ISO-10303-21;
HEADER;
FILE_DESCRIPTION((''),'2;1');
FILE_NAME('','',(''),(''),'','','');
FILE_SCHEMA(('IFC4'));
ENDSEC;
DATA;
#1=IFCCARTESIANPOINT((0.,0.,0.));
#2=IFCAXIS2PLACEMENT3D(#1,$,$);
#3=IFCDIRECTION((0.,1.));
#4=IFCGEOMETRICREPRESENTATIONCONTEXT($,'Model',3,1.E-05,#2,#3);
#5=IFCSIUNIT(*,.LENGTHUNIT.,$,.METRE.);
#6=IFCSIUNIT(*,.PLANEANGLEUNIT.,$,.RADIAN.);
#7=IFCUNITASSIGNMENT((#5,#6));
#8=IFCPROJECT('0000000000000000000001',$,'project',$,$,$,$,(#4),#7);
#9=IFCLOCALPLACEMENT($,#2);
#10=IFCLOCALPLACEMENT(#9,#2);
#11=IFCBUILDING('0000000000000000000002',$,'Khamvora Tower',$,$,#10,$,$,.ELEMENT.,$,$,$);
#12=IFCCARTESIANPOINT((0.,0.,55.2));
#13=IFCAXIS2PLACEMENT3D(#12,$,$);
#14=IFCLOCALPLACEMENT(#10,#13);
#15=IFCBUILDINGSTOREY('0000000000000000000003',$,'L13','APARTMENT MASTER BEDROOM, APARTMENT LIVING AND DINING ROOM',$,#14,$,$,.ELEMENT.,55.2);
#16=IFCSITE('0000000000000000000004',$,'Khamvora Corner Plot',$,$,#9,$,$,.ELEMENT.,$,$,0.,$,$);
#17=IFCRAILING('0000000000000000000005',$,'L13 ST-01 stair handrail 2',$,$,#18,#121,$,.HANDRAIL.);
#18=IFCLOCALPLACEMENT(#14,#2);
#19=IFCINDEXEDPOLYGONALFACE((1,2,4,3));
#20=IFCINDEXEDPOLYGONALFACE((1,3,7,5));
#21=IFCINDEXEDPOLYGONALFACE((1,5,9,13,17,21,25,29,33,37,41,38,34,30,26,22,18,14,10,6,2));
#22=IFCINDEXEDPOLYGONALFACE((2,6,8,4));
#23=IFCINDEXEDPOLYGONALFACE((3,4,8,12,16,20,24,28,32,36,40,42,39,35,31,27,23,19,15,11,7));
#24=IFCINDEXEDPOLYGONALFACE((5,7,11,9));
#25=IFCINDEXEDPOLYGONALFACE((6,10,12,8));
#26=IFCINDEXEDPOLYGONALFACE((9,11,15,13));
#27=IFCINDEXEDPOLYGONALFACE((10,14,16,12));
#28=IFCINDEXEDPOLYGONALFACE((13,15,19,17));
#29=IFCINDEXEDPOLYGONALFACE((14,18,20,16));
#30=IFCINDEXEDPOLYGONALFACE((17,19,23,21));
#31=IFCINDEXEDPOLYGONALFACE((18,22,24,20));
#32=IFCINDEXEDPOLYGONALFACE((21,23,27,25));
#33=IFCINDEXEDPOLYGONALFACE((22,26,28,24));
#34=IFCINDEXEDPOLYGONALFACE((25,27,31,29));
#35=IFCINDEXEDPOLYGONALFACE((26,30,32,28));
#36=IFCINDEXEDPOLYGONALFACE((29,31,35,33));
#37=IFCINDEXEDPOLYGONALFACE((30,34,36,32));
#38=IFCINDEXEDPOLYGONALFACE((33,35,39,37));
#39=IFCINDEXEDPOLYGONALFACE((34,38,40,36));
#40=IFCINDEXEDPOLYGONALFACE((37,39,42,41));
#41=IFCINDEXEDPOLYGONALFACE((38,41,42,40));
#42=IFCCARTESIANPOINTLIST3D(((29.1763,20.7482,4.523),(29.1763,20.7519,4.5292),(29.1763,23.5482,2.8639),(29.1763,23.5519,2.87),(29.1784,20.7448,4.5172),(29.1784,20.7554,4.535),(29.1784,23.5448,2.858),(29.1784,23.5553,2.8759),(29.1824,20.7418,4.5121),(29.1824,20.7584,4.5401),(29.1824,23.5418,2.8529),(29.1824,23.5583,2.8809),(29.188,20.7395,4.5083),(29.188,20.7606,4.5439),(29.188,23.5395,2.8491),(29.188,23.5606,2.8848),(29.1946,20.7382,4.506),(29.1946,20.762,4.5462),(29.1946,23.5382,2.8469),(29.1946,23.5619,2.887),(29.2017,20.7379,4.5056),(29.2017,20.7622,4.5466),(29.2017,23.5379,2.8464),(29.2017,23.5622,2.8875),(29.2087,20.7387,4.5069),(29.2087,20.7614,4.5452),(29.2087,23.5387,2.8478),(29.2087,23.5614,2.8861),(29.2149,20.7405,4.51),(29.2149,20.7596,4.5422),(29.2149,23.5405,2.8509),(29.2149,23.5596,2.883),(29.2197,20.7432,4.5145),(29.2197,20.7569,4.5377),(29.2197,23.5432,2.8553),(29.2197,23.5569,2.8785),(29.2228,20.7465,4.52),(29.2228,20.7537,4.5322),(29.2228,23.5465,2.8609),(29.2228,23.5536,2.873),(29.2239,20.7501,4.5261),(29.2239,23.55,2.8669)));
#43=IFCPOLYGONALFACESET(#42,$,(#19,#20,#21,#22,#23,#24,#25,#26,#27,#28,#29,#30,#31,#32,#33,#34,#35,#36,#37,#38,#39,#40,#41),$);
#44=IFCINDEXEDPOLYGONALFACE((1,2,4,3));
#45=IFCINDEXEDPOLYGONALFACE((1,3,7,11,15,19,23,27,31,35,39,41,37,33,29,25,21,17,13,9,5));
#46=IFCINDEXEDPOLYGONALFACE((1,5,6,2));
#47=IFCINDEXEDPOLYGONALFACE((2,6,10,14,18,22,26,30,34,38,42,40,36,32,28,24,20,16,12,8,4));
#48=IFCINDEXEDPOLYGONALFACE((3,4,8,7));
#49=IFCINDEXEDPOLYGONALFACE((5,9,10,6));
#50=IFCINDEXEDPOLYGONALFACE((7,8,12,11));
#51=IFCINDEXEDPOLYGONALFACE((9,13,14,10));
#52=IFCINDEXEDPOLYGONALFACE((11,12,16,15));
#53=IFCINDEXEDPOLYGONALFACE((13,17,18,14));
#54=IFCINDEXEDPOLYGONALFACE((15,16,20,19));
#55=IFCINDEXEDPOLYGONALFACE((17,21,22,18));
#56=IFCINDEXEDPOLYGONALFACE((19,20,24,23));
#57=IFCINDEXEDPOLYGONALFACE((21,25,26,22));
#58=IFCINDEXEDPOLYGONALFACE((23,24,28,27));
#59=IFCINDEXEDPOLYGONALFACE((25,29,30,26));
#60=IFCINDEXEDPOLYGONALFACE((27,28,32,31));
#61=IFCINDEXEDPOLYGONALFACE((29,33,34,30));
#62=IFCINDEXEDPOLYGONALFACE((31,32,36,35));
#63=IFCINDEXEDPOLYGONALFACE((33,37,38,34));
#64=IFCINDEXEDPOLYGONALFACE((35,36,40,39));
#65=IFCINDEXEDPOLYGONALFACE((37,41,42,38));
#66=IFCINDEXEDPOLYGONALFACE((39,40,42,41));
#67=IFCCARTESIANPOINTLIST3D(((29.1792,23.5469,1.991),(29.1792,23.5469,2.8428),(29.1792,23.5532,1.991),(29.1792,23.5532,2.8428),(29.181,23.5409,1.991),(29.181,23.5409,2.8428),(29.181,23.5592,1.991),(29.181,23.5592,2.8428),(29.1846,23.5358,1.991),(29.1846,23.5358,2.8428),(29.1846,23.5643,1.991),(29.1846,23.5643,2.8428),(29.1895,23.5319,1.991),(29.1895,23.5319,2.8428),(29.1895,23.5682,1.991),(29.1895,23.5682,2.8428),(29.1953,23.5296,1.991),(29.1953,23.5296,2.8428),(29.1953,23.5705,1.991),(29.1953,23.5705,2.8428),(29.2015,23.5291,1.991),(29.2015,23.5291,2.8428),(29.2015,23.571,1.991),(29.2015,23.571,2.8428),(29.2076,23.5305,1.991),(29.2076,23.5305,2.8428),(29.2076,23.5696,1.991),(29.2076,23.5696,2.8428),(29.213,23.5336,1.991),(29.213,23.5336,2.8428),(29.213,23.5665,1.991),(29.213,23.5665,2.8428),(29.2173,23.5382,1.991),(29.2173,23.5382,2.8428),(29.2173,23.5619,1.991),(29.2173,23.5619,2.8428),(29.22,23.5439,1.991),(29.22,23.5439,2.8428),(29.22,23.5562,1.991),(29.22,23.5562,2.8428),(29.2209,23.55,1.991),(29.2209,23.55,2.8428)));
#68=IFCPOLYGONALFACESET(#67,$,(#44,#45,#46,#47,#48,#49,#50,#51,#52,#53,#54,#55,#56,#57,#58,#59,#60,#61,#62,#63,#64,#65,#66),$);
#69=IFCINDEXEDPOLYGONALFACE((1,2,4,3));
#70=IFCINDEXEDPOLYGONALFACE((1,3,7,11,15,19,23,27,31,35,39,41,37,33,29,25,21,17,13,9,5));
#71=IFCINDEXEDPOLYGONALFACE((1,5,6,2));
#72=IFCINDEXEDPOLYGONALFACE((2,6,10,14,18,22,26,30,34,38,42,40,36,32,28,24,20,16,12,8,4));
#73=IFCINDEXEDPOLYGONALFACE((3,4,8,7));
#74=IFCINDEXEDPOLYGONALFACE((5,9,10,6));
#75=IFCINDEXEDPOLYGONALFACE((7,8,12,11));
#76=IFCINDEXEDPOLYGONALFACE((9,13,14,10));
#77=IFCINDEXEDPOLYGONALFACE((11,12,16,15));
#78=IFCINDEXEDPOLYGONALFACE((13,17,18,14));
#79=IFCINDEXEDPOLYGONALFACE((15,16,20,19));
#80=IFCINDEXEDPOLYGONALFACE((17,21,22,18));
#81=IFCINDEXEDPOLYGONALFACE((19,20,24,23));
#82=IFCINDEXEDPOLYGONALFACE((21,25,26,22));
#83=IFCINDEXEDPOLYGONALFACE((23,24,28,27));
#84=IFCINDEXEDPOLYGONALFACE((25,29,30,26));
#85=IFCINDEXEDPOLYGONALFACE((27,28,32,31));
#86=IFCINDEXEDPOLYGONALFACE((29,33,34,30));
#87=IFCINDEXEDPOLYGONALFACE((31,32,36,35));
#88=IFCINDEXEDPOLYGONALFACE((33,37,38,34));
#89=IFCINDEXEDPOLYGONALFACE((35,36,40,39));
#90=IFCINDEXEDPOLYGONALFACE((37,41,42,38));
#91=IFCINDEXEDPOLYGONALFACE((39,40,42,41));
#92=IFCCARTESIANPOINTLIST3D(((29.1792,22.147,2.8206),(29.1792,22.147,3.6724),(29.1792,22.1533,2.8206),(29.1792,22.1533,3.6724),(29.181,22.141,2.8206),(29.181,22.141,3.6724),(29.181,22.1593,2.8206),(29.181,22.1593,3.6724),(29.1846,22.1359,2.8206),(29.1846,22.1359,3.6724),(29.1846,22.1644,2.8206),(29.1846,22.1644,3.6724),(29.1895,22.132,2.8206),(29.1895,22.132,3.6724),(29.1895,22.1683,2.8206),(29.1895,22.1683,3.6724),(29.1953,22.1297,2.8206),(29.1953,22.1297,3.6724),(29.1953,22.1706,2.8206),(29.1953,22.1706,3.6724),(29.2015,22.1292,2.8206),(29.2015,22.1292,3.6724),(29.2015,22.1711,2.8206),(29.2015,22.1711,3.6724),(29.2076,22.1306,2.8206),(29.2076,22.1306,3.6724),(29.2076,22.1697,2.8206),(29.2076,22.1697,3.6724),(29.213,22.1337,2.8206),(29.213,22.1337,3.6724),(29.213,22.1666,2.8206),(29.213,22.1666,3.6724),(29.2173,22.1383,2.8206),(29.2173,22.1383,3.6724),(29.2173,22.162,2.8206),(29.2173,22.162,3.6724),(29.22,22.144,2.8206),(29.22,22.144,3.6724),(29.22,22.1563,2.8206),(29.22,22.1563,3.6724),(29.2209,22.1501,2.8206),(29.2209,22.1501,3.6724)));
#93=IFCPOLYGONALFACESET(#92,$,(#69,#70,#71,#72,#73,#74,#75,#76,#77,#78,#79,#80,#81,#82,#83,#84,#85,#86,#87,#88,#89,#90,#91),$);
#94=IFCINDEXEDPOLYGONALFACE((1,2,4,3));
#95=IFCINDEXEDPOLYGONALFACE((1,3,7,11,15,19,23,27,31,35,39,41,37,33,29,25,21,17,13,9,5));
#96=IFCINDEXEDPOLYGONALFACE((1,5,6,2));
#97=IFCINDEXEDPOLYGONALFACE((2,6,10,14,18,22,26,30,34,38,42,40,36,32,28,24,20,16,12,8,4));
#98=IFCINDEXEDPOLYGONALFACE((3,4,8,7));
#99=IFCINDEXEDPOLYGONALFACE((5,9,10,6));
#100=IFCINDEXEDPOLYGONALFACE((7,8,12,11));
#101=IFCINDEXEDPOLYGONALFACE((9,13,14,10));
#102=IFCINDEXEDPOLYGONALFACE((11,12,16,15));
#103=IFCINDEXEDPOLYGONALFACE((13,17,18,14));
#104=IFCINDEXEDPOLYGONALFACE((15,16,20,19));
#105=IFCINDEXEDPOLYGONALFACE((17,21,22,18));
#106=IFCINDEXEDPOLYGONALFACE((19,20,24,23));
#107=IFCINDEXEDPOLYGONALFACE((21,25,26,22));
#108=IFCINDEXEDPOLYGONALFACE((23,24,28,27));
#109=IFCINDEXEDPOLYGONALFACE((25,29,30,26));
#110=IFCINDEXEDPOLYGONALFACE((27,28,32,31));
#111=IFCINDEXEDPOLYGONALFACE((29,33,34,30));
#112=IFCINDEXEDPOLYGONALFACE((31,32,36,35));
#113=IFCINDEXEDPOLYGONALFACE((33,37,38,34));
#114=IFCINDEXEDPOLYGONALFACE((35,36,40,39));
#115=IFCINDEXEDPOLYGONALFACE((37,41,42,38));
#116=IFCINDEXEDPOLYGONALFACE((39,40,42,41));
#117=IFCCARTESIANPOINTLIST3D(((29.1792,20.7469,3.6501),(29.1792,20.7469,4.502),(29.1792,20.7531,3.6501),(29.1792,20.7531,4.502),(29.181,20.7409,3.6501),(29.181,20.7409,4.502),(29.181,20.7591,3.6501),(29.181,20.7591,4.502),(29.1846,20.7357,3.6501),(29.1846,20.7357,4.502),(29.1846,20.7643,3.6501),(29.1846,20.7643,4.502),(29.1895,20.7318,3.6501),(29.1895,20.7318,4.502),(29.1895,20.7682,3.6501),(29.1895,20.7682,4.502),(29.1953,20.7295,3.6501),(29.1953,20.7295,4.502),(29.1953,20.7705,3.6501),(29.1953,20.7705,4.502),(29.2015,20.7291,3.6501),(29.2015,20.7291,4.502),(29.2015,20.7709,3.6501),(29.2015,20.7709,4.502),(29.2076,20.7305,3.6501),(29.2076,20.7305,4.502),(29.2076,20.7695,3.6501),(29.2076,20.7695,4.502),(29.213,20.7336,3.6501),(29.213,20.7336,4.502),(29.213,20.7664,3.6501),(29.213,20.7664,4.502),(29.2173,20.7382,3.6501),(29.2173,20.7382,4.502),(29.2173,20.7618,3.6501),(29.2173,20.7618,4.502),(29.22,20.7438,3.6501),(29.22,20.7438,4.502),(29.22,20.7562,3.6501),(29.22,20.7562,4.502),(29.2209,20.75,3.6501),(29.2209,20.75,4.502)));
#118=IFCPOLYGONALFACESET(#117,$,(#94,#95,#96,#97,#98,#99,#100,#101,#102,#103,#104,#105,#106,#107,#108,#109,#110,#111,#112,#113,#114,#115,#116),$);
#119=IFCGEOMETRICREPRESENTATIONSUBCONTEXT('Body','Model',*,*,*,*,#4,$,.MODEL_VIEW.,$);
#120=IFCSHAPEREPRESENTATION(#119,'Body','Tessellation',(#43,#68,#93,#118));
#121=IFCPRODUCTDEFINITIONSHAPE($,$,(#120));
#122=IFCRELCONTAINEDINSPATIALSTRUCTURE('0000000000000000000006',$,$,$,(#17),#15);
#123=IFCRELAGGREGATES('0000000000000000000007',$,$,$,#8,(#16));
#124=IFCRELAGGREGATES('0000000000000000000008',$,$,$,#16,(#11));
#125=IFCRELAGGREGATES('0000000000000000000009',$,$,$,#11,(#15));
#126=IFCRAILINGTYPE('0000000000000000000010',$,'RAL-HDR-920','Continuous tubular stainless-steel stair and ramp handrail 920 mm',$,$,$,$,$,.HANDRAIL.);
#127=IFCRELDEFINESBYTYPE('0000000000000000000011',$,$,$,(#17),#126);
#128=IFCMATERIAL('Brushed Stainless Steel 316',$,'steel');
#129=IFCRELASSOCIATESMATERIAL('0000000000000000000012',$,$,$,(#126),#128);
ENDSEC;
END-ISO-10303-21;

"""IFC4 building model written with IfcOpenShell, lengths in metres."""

from ifc_helpers import new_model, si_unit, direction, frame, origin, origin_2d, place, context, subcontext, project, spatial, circle, extrude, material, type_object, element, save


model = new_model("IFC4")

# Units and contexts
model_context = context("Model", 3, precision=1e-05, world=origin(), true_north=direction((0.0, 1.0)))
body_context = subcontext(model_context, "Body", "Model", "MODEL_VIEW")
ifc_project = project(units=[si_unit("LENGTHUNIT", "METRE"), si_unit("PLANEANGLEUNIT", "RADIAN")], contexts=[model_context])

# Site, building, storey
site_placement = place(None, origin())
site = spatial("IfcSite", under=ifc_project, at=site_placement, Name="Khamvora Corner Plot", CompositionType="ELEMENT", RefElevation=0.0)
building_placement = place(site_placement, origin())
building = spatial("IfcBuilding", under=site, at=building_placement, Name="Khamvora Tower", CompositionType="ELEMENT")
storey_placement = place(building_placement, frame((0.0, 0.0, 55.2)))
storey = spatial("IfcBuildingStorey", under=building, at=storey_placement, Name="L13", Description="APARTMENT MASTER BEDROOM, APARTMENT LIVING AND DINING ROOM", CompositionType="ELEMENT", Elevation=55.2)

# Railing
ifc_material_1 = material(Name="Brushed Stainless Steel 316", Category="steel")
railing_type = type_object("IfcRailingType", Name="RAL-HDR-920", Description="Continuous tubular stainless-steel stair and ramp handrail 920 mm", PredefinedType="HANDRAIL", material=ifc_material_1)
railing_placement = place(storey_placement, frame((29.2, 23.55, 1.991)))
element("IfcRailing", 1, at=railing_placement, inside=storey, type_object=railing_type, Name="L13 ST-01 stair handrail 2", PredefinedType="HANDRAIL", context=body_context, shape_type="SweptSolid", body=[
    extrude(circle(Radius=0.0239, at=origin_2d()), frame((0.0, 0.0, 0.876), z_axis=(0.0, -0.860306, 0.509778), x_axis=(1.0, 0.0, 0.0)), (0.0, 0.0, 1.0), 3.2546),
    extrude(circle(Radius=0.021, at=origin_2d()), origin(), (0.0, 0.0, 1.0), 0.8518),
    extrude(circle(Radius=0.021, at=origin_2d()), frame((0.0, -1.3999, 0.8296)), (0.0, 0.0, 1.0), 0.8518),
    extrude(circle(Radius=0.021, at=origin_2d()), frame((0.0, -2.8, 1.6592)), (0.0, 0.0, 1.0), 0.8518),
])

save(model, "model.ifc")
